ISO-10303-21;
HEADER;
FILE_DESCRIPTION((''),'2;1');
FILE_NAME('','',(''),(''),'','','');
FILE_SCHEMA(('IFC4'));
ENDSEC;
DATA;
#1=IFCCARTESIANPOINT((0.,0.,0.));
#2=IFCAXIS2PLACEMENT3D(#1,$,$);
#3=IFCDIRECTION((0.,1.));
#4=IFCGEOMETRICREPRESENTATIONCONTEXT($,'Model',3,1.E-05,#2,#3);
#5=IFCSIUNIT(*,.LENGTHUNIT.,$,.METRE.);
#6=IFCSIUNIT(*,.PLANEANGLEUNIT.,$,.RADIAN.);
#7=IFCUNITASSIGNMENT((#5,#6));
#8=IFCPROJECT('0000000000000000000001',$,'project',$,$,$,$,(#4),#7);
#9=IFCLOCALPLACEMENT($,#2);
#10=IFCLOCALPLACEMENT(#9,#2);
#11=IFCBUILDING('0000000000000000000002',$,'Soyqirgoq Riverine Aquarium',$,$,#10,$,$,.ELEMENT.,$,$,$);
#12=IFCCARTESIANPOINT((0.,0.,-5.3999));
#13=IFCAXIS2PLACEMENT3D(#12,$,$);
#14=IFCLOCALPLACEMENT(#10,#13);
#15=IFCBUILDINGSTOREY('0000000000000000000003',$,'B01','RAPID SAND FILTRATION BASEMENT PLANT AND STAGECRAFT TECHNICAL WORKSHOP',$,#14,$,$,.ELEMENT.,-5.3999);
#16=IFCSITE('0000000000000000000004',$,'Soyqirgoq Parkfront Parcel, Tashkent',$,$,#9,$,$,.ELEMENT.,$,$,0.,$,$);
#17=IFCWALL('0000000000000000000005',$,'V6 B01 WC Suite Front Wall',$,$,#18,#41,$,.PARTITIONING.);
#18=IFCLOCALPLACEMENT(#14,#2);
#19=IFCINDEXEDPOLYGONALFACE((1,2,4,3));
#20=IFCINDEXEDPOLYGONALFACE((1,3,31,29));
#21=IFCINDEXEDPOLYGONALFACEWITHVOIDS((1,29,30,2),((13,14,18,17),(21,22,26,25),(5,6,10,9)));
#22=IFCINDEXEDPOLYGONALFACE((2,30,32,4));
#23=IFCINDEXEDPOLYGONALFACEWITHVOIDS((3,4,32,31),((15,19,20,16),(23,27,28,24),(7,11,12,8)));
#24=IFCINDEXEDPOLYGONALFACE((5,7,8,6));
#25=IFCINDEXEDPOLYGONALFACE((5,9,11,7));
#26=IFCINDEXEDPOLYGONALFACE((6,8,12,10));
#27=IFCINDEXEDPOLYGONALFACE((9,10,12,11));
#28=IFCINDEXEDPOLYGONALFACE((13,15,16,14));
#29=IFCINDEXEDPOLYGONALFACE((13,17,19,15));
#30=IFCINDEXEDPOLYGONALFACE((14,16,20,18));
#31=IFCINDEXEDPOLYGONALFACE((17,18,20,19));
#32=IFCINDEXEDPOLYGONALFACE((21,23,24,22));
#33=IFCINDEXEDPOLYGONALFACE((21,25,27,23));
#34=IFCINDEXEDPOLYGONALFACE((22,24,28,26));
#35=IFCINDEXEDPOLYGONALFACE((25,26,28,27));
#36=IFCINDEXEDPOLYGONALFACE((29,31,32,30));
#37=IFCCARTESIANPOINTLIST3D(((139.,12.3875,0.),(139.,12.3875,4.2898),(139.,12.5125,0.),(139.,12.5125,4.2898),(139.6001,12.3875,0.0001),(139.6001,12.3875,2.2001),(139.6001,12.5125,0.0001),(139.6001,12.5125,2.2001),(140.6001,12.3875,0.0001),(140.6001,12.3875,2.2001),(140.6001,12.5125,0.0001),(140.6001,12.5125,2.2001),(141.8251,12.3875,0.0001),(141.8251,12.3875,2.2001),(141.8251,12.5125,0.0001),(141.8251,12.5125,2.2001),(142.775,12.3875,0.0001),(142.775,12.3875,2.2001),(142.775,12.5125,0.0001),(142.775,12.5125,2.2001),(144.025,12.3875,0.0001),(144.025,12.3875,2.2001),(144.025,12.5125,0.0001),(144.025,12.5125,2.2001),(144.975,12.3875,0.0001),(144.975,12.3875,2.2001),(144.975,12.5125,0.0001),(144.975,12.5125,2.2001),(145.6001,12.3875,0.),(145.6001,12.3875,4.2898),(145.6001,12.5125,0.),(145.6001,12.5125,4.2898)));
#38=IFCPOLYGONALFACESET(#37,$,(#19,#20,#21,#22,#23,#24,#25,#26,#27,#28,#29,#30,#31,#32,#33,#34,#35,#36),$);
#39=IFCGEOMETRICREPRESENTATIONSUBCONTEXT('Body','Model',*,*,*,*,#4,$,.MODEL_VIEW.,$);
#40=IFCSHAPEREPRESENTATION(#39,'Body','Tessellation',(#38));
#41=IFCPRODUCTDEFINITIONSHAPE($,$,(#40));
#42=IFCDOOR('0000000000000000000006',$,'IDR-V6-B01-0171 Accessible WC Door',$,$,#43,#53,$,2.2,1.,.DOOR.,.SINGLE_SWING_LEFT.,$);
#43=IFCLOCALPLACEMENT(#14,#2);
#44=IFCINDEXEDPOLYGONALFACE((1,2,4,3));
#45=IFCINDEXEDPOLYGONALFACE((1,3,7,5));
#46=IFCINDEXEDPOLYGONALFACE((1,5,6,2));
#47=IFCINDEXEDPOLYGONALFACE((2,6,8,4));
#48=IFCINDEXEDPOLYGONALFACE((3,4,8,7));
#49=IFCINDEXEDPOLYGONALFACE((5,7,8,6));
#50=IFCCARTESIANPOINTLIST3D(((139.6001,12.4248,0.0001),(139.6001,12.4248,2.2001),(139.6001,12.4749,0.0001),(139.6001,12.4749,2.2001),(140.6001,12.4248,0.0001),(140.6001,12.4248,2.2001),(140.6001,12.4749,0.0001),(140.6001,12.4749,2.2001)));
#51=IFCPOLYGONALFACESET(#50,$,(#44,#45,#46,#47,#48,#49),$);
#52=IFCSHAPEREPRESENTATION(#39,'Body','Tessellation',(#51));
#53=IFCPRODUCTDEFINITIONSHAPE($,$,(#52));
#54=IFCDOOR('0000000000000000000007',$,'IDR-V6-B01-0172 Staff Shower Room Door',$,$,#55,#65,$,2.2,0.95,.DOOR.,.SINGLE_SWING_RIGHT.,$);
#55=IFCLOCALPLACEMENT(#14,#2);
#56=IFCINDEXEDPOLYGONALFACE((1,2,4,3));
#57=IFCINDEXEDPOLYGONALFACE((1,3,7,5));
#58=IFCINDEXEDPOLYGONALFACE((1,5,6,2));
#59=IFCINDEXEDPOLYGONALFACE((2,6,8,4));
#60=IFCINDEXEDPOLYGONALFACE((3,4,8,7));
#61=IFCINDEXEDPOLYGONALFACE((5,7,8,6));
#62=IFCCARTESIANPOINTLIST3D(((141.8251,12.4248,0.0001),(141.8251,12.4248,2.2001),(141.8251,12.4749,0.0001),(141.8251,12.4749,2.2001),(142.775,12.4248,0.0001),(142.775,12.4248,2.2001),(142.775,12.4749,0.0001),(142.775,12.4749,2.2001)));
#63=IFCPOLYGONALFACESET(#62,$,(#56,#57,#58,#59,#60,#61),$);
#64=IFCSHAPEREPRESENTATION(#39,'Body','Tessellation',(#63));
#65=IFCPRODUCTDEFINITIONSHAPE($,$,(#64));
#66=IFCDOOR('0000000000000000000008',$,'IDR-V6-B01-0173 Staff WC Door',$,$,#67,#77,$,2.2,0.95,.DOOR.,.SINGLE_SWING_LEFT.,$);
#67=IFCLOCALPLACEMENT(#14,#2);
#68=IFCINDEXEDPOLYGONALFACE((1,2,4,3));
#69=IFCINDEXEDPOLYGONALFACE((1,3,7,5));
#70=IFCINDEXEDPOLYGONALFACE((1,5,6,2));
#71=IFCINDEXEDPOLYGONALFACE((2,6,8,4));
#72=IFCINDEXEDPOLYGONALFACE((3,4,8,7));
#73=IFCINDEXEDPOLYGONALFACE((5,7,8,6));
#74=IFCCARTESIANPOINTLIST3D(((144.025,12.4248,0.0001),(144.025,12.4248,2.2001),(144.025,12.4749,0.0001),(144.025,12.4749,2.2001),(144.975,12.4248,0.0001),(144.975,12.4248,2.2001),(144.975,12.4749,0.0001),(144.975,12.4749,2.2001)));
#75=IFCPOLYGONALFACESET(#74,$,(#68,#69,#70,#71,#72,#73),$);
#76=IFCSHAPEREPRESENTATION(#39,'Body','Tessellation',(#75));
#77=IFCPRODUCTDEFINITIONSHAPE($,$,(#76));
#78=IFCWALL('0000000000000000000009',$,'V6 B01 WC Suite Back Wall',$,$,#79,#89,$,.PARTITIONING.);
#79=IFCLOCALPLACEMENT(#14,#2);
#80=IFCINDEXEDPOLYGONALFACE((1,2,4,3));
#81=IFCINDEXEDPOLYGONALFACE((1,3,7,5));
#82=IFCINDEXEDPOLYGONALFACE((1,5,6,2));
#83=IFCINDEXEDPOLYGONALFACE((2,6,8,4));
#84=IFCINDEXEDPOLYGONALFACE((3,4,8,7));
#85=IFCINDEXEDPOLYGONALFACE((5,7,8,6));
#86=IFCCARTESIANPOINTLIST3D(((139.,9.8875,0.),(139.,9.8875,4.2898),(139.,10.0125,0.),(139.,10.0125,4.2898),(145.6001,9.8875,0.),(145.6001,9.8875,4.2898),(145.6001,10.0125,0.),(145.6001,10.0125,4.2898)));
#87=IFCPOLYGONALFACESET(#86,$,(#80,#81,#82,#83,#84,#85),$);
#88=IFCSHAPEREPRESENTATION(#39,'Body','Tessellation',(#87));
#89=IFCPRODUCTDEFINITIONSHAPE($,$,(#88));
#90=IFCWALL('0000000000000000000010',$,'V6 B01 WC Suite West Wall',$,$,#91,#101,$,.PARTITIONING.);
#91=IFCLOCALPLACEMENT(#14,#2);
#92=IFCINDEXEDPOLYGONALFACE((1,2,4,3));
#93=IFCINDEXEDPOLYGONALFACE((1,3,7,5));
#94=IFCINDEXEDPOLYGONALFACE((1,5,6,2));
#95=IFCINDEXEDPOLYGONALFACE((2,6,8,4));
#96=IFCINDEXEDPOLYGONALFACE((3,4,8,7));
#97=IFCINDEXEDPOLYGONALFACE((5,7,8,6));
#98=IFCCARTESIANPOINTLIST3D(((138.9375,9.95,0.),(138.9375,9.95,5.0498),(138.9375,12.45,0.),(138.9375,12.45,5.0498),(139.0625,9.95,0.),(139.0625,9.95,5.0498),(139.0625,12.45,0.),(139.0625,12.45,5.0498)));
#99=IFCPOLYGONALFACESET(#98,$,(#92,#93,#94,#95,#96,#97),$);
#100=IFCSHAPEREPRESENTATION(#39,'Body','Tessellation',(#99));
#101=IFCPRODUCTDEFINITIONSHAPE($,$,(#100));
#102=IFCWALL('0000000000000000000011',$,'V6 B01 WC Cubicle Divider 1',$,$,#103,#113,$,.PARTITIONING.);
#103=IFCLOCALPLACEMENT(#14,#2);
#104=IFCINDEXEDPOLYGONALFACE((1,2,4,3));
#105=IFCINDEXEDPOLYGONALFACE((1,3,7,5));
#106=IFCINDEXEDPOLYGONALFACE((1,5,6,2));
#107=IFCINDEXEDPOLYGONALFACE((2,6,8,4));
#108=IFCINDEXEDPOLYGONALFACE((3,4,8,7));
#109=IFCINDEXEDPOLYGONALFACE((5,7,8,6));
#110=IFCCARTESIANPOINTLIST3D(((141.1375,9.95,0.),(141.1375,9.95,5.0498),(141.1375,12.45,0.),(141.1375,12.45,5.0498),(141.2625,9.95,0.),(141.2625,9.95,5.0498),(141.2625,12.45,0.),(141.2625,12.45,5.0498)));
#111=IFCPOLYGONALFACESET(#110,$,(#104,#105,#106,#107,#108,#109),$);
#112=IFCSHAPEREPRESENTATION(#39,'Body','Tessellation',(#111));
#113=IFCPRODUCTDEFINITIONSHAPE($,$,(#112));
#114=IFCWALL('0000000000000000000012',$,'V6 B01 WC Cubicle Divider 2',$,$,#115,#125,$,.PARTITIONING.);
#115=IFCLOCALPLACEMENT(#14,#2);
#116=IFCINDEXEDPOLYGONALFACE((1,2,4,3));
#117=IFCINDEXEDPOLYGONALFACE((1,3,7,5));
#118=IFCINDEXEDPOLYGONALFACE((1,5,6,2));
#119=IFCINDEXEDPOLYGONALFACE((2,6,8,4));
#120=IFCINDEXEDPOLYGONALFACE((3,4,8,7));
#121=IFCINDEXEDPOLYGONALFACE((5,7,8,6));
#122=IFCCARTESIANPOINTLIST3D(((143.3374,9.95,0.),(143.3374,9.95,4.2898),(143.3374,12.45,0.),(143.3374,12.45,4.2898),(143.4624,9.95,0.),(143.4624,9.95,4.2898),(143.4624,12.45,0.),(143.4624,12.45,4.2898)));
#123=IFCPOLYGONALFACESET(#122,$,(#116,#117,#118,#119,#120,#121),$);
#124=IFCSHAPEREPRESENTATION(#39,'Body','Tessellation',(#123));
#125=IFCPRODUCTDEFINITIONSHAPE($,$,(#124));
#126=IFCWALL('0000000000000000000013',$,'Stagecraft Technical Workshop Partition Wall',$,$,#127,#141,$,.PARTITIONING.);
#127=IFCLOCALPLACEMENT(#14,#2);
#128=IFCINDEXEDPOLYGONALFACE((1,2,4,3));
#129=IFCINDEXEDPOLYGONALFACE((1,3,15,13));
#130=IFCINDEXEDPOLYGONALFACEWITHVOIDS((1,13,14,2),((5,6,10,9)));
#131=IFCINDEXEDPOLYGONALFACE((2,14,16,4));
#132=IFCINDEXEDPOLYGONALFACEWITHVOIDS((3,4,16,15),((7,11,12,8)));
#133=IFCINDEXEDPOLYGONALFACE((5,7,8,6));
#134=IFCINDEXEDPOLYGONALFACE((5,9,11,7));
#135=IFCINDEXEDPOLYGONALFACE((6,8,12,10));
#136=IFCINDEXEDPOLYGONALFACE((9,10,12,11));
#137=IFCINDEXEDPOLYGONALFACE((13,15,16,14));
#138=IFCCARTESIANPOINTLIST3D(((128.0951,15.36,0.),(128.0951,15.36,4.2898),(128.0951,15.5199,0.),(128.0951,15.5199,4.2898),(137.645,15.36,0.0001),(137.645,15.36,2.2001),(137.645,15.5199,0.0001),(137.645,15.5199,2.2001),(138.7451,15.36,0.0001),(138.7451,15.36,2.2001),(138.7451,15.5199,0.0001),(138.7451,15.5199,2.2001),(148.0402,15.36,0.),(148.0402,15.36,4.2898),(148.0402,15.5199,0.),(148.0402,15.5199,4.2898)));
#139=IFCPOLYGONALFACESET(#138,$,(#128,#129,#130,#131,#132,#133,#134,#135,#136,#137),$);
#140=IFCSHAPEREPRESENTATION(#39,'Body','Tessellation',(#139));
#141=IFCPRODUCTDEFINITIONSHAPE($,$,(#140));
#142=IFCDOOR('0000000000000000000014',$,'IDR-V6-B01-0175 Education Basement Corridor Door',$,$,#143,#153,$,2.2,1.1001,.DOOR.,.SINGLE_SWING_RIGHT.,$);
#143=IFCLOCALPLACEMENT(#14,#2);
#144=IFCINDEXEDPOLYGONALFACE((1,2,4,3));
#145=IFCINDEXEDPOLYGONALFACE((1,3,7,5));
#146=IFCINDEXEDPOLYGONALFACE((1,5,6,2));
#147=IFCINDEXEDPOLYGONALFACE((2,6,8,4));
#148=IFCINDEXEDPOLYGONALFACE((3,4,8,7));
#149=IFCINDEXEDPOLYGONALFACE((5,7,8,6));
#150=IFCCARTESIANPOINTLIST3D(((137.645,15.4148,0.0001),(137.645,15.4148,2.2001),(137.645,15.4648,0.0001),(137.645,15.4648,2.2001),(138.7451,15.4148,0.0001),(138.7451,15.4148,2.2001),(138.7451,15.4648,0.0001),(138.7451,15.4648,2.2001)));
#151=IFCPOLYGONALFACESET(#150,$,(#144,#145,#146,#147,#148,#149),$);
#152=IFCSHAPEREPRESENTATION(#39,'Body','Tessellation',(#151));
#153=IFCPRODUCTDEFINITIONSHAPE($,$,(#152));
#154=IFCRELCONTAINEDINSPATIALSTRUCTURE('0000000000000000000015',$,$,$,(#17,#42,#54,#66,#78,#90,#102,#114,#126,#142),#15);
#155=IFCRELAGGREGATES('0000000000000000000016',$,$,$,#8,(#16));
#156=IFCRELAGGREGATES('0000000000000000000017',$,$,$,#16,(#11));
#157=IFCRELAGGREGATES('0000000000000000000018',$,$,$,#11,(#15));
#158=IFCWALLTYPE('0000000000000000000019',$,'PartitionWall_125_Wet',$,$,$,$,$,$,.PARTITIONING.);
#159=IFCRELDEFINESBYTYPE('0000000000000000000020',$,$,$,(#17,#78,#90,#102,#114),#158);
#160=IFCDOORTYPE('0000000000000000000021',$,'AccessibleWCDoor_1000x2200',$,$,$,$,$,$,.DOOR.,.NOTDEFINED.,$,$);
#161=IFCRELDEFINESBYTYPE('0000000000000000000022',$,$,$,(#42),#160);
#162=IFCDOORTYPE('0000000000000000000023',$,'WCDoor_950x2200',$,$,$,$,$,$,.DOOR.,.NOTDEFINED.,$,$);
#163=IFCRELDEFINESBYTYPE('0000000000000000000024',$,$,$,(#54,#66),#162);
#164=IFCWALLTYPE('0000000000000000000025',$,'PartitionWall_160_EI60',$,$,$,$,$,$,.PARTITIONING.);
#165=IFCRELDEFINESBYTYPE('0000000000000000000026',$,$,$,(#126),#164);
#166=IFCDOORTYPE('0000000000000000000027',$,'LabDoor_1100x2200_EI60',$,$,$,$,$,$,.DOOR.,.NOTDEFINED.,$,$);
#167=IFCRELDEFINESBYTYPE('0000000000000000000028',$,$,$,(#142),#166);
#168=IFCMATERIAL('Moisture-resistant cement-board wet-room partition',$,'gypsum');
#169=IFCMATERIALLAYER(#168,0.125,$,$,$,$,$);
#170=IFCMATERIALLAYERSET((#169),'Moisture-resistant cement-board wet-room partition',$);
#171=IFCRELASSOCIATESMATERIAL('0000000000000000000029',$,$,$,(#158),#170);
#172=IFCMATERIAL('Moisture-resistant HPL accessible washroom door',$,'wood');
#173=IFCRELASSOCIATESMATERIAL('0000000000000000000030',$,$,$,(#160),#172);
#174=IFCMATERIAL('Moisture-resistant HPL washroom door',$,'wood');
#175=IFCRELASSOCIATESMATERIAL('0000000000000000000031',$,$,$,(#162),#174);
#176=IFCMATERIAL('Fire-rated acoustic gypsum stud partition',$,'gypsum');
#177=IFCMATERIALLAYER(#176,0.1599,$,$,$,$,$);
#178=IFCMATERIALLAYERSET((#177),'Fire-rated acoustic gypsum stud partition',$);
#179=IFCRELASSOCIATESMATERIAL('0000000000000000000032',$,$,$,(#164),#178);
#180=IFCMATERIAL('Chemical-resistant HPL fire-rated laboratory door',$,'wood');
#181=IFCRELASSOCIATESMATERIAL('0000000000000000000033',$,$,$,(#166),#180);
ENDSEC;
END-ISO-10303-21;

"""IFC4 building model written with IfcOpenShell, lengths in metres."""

from ifc_helpers import new_model, si_unit, direction, frame, frame_2d, origin, place, context, subcontext, project, spatial, rectangle, extrude, material, layer, layer_set, type_object, element, fill, save


model = new_model("IFC4")

# Units and contexts
model_context = context("Model", 3, precision=1e-05, world=origin(), true_north=direction((0.0, 1.0)))
body_context = subcontext(model_context, "Body", "Model", "MODEL_VIEW")
ifc_project = project(units=[si_unit("LENGTHUNIT", "METRE"), si_unit("PLANEANGLEUNIT", "RADIAN")], contexts=[model_context])

# Site, building, storey
site_placement = place(None, origin())
site = spatial("IfcSite", under=ifc_project, at=site_placement, Name="Soyqirgoq Parkfront Parcel, Tashkent", CompositionType="ELEMENT", RefElevation=0.0)
building_placement = place(site_placement, origin())
building = spatial("IfcBuilding", under=site, at=building_placement, Name="Soyqirgoq Riverine Aquarium", CompositionType="ELEMENT")
storey_placement = place(building_placement, frame((0.0, 0.0, -5.3999)))
storey = spatial("IfcBuildingStorey", under=building, at=storey_placement, Name="B01", Description="RAPID SAND FILTRATION BASEMENT PLANT AND STAGECRAFT TECHNICAL WORKSHOP", CompositionType="ELEMENT", Elevation=-5.3999)

# Wall, openings, doors
ifc_material_1 = material(Name="Moisture-resistant cement-board wet-room partition", Category="gypsum")
ifc_layer_1 = layer(ifc_material_1, 0.125)
ifc_layer_set_1 = layer_set([ifc_layer_1], Name="Moisture-resistant cement-board wet-room partition")
wall_type_1 = type_object("IfcWallType", Name="PartitionWall_125_Wet", PredefinedType="PARTITIONING", material=ifc_layer_set_1)
wall_1_placement = place(storey_placement, frame((139.0, 12.45, 0.0), z_axis=(0.0, 0.0, 1.0), x_axis=(1.0, 0.0, 0.0)))
wall_1 = element("IfcWall", 1, at=wall_1_placement, inside=storey, type_object=wall_type_1, Name="V6 B01 WC Suite Front Wall", PredefinedType="PARTITIONING", context=body_context, shape_type="SweptSolid", body=[
    extrude(rectangle(XDim=6.6001, YDim=0.125, at=frame_2d((3.3, 0.0))), origin(), (0.0, 0.0, 1.0), 4.2898),
])
opening_1_placement = place(wall_1_placement, frame((0.6001, 0.0, 0.0)))
opening_1 = element("IfcOpeningElement", 2, at=opening_1_placement, cuts=wall_1, PredefinedType="OPENING", context=body_context, shape_type="SweptSolid", body=[
    extrude(rectangle(XDim=1.0, YDim=2.2, at=frame_2d((0.5, 1.1001))), frame((0.0, 0.0725, 0.0), z_axis=(0.0, -1.0, 0.0), x_axis=(1.0, 0.0, 0.0)), (0.0, 0.0, 1.0), 0.145),
])
opening_2_placement = place(wall_1_placement, frame((2.825, 0.0, 0.0)))
opening_2 = element("IfcOpeningElement", 3, at=opening_2_placement, cuts=wall_1, PredefinedType="OPENING", context=body_context, shape_type="SweptSolid", body=[
    extrude(rectangle(XDim=0.95, YDim=2.2, at=frame_2d((0.4751, 1.1001))), frame((0.0, 0.0725, 0.0), z_axis=(0.0, -1.0, 0.0), x_axis=(1.0, 0.0, 0.0)), (0.0, 0.0, 1.0), 0.145),
])
opening_3_placement = place(wall_1_placement, frame((5.0249, 0.0, 0.0)))
opening_3 = element("IfcOpeningElement", 4, at=opening_3_placement, cuts=wall_1, PredefinedType="OPENING", context=body_context, shape_type="SweptSolid", body=[
    extrude(rectangle(XDim=0.95, YDim=2.2, at=frame_2d((0.4751, 1.1001))), frame((0.0, 0.0725, 0.0), z_axis=(0.0, -1.0, 0.0), x_axis=(1.0, 0.0, 0.0)), (0.0, 0.0, 1.0), 0.145),
])
ifc_material_2 = material(Name="Moisture-resistant HPL accessible washroom door", Category="wood")
door_type_1 = type_object("IfcDoorType", Name="AccessibleWCDoor_1000x2200", OperationType="NOTDEFINED", PredefinedType="DOOR", material=ifc_material_2)
door_1_placement = place(opening_1_placement, origin())
door_1 = element("IfcDoor", 5, at=door_1_placement, inside=storey, type_object=door_type_1, Name="IDR-V6-B01-0171 Accessible WC Door", OperationType="SINGLE_SWING_LEFT", OverallHeight=2.2, OverallWidth=1.0, PredefinedType="DOOR", context=body_context, shape_type="SweptSolid", body=[
    extrude(rectangle(XDim=1.0, YDim=2.2, at=frame_2d((0.5, 1.1001))), frame((0.0, 0.0249, 0.0), z_axis=(0.0, -1.0, 0.0), x_axis=(1.0, 0.0, 0.0)), (0.0, 0.0, 1.0), 0.05),
])
fill(opening_1, door_1)
ifc_material_3 = material(Name="Moisture-resistant HPL washroom door", Category="wood")
door_type_2 = type_object("IfcDoorType", Name="WCDoor_950x2200", OperationType="NOTDEFINED", PredefinedType="DOOR", material=ifc_material_3)
door_2_placement = place(opening_2_placement, origin())
door_2 = element("IfcDoor", 6, at=door_2_placement, inside=storey, type_object=door_type_2, Name="IDR-V6-B01-0172 Staff Shower Room Door", OperationType="SINGLE_SWING_RIGHT", OverallHeight=2.2, OverallWidth=0.95, PredefinedType="DOOR", context=body_context, shape_type="SweptSolid", body=[
    extrude(rectangle(XDim=0.95, YDim=2.2, at=frame_2d((0.4751, 1.1001))), frame((0.0, 0.0249, 0.0), z_axis=(0.0, -1.0, 0.0), x_axis=(1.0, 0.0, 0.0)), (0.0, 0.0, 1.0), 0.05),
])
fill(opening_2, door_2)
door_3_placement = place(opening_3_placement, origin())
door_3 = element("IfcDoor", 7, at=door_3_placement, inside=storey, type_object=door_type_2, Name="IDR-V6-B01-0173 Staff WC Door", OperationType="SINGLE_SWING_LEFT", OverallHeight=2.2, OverallWidth=0.95, PredefinedType="DOOR", context=body_context, shape_type="SweptSolid", body=[
    extrude(rectangle(XDim=0.95, YDim=2.2, at=frame_2d((0.4751, 1.1001))), frame((0.0, 0.0249, 0.0), z_axis=(0.0, -1.0, 0.0), x_axis=(1.0, 0.0, 0.0)), (0.0, 0.0, 1.0), 0.05),
])
fill(opening_3, door_3)

# Walls
wall_2_placement = place(storey_placement, frame((139.0, 9.95, 0.0), z_axis=(0.0, 0.0, 1.0), x_axis=(1.0, 0.0, 0.0)))
element("IfcWall", 8, at=wall_2_placement, inside=storey, type_object=wall_type_1, Name="V6 B01 WC Suite Back Wall", PredefinedType="PARTITIONING", context=body_context, shape_type="SweptSolid", body=[
    extrude(rectangle(XDim=6.6001, YDim=0.125, at=frame_2d((3.3, 0.0))), origin(), (0.0, 0.0, 1.0), 4.2898),
])
for number, where, z_axis, x_axis, name in (
    (9, (139.0, 9.95, 0.0), (0.0, 0.0, 1.0), (0.0, 1.0, 0.0), "V6 B01 WC Suite West Wall"),
    (10, (141.2, 9.95, 0.0), (0.0, 0.0, 1.0), (0.0, 1.0, 0.0), "V6 B01 WC Cubicle Divider 1"),
):
    element("IfcWall", number, at=place(storey_placement, frame(where, z_axis=z_axis, x_axis=x_axis)), inside=storey, type_object=wall_type_1, Name=name, PredefinedType="PARTITIONING", context=body_context, shape_type="SweptSolid", body=[
        extrude(rectangle(XDim=2.5, YDim=0.125, at=frame_2d((1.25, 0.0))), origin(), (0.0, 0.0, 1.0), 5.0498),
    ])
wall_3_placement = place(storey_placement, frame((143.3999, 9.95, 0.0), z_axis=(0.0, 0.0, 1.0), x_axis=(0.0, 1.0, 0.0)))
element("IfcWall", 11, at=wall_3_placement, inside=storey, type_object=wall_type_1, Name="V6 B01 WC Cubicle Divider 2", PredefinedType="PARTITIONING", context=body_context, shape_type="SweptSolid", body=[
    extrude(rectangle(XDim=2.5, YDim=0.125, at=frame_2d((1.25, 0.0))), origin(), (0.0, 0.0, 1.0), 4.2898),
])

# Wall, opening, door
ifc_material_4 = material(Name="Fire-rated acoustic gypsum stud partition", Category="gypsum")
ifc_layer_2 = layer(ifc_material_4, 0.1599)
ifc_layer_set_2 = layer_set([ifc_layer_2], Name="Fire-rated acoustic gypsum stud partition")
wall_type_2 = type_object("IfcWallType", Name="PartitionWall_160_EI60", PredefinedType="PARTITIONING", material=ifc_layer_set_2)
wall_4_placement = place(storey_placement, frame((128.095, 15.4399, 0.0), z_axis=(0.0, 0.0, 1.0), x_axis=(1.0, 0.0, 0.0)))
wall_4 = element("IfcWall", 12, at=wall_4_placement, inside=storey, type_object=wall_type_2, Name="Stagecraft Technical Workshop Partition Wall", PredefinedType="PARTITIONING", context=body_context, shape_type="SweptSolid", body=[
    extrude(rectangle(XDim=19.9451, YDim=0.1599, at=frame_2d((9.9727, 0.0))), origin(), (0.0, 0.0, 1.0), 4.2898),
])
opening_4_placement = place(wall_4_placement, frame((9.55, 0.0, 0.0)))
opening_4 = element("IfcOpeningElement", 13, at=opening_4_placement, cuts=wall_4, PredefinedType="OPENING", context=body_context, shape_type="SweptSolid", body=[
    extrude(rectangle(XDim=1.1001, YDim=2.2, at=frame_2d((0.55, 1.1001))), frame((0.0, 0.0898, 0.0), z_axis=(0.0, -1.0, 0.0), x_axis=(1.0, 0.0, 0.0)), (0.0, 0.0, 1.0), 0.1799),
])
ifc_material_5 = material(Name="Chemical-resistant HPL fire-rated laboratory door", Category="wood")
door_type_3 = type_object("IfcDoorType", Name="LabDoor_1100x2200_EI60", OperationType="NOTDEFINED", PredefinedType="DOOR", material=ifc_material_5)
door_4_placement = place(opening_4_placement, origin())
door_4 = element("IfcDoor", 14, at=door_4_placement, inside=storey, type_object=door_type_3, Name="IDR-V6-B01-0175 Education Basement Corridor Door", OperationType="SINGLE_SWING_RIGHT", OverallHeight=2.2, OverallWidth=1.1001, PredefinedType="DOOR", context=body_context, shape_type="SweptSolid", body=[
    extrude(rectangle(XDim=1.1001, YDim=2.2, at=frame_2d((0.55, 1.1001))), frame((0.0, 0.0249, 0.0), z_axis=(0.0, -1.0, 0.0), x_axis=(1.0, 0.0, 0.0)), (0.0, 0.0, 1.0), 0.05),
])
fill(opening_4, door_4)

save(model, "model.ifc")
